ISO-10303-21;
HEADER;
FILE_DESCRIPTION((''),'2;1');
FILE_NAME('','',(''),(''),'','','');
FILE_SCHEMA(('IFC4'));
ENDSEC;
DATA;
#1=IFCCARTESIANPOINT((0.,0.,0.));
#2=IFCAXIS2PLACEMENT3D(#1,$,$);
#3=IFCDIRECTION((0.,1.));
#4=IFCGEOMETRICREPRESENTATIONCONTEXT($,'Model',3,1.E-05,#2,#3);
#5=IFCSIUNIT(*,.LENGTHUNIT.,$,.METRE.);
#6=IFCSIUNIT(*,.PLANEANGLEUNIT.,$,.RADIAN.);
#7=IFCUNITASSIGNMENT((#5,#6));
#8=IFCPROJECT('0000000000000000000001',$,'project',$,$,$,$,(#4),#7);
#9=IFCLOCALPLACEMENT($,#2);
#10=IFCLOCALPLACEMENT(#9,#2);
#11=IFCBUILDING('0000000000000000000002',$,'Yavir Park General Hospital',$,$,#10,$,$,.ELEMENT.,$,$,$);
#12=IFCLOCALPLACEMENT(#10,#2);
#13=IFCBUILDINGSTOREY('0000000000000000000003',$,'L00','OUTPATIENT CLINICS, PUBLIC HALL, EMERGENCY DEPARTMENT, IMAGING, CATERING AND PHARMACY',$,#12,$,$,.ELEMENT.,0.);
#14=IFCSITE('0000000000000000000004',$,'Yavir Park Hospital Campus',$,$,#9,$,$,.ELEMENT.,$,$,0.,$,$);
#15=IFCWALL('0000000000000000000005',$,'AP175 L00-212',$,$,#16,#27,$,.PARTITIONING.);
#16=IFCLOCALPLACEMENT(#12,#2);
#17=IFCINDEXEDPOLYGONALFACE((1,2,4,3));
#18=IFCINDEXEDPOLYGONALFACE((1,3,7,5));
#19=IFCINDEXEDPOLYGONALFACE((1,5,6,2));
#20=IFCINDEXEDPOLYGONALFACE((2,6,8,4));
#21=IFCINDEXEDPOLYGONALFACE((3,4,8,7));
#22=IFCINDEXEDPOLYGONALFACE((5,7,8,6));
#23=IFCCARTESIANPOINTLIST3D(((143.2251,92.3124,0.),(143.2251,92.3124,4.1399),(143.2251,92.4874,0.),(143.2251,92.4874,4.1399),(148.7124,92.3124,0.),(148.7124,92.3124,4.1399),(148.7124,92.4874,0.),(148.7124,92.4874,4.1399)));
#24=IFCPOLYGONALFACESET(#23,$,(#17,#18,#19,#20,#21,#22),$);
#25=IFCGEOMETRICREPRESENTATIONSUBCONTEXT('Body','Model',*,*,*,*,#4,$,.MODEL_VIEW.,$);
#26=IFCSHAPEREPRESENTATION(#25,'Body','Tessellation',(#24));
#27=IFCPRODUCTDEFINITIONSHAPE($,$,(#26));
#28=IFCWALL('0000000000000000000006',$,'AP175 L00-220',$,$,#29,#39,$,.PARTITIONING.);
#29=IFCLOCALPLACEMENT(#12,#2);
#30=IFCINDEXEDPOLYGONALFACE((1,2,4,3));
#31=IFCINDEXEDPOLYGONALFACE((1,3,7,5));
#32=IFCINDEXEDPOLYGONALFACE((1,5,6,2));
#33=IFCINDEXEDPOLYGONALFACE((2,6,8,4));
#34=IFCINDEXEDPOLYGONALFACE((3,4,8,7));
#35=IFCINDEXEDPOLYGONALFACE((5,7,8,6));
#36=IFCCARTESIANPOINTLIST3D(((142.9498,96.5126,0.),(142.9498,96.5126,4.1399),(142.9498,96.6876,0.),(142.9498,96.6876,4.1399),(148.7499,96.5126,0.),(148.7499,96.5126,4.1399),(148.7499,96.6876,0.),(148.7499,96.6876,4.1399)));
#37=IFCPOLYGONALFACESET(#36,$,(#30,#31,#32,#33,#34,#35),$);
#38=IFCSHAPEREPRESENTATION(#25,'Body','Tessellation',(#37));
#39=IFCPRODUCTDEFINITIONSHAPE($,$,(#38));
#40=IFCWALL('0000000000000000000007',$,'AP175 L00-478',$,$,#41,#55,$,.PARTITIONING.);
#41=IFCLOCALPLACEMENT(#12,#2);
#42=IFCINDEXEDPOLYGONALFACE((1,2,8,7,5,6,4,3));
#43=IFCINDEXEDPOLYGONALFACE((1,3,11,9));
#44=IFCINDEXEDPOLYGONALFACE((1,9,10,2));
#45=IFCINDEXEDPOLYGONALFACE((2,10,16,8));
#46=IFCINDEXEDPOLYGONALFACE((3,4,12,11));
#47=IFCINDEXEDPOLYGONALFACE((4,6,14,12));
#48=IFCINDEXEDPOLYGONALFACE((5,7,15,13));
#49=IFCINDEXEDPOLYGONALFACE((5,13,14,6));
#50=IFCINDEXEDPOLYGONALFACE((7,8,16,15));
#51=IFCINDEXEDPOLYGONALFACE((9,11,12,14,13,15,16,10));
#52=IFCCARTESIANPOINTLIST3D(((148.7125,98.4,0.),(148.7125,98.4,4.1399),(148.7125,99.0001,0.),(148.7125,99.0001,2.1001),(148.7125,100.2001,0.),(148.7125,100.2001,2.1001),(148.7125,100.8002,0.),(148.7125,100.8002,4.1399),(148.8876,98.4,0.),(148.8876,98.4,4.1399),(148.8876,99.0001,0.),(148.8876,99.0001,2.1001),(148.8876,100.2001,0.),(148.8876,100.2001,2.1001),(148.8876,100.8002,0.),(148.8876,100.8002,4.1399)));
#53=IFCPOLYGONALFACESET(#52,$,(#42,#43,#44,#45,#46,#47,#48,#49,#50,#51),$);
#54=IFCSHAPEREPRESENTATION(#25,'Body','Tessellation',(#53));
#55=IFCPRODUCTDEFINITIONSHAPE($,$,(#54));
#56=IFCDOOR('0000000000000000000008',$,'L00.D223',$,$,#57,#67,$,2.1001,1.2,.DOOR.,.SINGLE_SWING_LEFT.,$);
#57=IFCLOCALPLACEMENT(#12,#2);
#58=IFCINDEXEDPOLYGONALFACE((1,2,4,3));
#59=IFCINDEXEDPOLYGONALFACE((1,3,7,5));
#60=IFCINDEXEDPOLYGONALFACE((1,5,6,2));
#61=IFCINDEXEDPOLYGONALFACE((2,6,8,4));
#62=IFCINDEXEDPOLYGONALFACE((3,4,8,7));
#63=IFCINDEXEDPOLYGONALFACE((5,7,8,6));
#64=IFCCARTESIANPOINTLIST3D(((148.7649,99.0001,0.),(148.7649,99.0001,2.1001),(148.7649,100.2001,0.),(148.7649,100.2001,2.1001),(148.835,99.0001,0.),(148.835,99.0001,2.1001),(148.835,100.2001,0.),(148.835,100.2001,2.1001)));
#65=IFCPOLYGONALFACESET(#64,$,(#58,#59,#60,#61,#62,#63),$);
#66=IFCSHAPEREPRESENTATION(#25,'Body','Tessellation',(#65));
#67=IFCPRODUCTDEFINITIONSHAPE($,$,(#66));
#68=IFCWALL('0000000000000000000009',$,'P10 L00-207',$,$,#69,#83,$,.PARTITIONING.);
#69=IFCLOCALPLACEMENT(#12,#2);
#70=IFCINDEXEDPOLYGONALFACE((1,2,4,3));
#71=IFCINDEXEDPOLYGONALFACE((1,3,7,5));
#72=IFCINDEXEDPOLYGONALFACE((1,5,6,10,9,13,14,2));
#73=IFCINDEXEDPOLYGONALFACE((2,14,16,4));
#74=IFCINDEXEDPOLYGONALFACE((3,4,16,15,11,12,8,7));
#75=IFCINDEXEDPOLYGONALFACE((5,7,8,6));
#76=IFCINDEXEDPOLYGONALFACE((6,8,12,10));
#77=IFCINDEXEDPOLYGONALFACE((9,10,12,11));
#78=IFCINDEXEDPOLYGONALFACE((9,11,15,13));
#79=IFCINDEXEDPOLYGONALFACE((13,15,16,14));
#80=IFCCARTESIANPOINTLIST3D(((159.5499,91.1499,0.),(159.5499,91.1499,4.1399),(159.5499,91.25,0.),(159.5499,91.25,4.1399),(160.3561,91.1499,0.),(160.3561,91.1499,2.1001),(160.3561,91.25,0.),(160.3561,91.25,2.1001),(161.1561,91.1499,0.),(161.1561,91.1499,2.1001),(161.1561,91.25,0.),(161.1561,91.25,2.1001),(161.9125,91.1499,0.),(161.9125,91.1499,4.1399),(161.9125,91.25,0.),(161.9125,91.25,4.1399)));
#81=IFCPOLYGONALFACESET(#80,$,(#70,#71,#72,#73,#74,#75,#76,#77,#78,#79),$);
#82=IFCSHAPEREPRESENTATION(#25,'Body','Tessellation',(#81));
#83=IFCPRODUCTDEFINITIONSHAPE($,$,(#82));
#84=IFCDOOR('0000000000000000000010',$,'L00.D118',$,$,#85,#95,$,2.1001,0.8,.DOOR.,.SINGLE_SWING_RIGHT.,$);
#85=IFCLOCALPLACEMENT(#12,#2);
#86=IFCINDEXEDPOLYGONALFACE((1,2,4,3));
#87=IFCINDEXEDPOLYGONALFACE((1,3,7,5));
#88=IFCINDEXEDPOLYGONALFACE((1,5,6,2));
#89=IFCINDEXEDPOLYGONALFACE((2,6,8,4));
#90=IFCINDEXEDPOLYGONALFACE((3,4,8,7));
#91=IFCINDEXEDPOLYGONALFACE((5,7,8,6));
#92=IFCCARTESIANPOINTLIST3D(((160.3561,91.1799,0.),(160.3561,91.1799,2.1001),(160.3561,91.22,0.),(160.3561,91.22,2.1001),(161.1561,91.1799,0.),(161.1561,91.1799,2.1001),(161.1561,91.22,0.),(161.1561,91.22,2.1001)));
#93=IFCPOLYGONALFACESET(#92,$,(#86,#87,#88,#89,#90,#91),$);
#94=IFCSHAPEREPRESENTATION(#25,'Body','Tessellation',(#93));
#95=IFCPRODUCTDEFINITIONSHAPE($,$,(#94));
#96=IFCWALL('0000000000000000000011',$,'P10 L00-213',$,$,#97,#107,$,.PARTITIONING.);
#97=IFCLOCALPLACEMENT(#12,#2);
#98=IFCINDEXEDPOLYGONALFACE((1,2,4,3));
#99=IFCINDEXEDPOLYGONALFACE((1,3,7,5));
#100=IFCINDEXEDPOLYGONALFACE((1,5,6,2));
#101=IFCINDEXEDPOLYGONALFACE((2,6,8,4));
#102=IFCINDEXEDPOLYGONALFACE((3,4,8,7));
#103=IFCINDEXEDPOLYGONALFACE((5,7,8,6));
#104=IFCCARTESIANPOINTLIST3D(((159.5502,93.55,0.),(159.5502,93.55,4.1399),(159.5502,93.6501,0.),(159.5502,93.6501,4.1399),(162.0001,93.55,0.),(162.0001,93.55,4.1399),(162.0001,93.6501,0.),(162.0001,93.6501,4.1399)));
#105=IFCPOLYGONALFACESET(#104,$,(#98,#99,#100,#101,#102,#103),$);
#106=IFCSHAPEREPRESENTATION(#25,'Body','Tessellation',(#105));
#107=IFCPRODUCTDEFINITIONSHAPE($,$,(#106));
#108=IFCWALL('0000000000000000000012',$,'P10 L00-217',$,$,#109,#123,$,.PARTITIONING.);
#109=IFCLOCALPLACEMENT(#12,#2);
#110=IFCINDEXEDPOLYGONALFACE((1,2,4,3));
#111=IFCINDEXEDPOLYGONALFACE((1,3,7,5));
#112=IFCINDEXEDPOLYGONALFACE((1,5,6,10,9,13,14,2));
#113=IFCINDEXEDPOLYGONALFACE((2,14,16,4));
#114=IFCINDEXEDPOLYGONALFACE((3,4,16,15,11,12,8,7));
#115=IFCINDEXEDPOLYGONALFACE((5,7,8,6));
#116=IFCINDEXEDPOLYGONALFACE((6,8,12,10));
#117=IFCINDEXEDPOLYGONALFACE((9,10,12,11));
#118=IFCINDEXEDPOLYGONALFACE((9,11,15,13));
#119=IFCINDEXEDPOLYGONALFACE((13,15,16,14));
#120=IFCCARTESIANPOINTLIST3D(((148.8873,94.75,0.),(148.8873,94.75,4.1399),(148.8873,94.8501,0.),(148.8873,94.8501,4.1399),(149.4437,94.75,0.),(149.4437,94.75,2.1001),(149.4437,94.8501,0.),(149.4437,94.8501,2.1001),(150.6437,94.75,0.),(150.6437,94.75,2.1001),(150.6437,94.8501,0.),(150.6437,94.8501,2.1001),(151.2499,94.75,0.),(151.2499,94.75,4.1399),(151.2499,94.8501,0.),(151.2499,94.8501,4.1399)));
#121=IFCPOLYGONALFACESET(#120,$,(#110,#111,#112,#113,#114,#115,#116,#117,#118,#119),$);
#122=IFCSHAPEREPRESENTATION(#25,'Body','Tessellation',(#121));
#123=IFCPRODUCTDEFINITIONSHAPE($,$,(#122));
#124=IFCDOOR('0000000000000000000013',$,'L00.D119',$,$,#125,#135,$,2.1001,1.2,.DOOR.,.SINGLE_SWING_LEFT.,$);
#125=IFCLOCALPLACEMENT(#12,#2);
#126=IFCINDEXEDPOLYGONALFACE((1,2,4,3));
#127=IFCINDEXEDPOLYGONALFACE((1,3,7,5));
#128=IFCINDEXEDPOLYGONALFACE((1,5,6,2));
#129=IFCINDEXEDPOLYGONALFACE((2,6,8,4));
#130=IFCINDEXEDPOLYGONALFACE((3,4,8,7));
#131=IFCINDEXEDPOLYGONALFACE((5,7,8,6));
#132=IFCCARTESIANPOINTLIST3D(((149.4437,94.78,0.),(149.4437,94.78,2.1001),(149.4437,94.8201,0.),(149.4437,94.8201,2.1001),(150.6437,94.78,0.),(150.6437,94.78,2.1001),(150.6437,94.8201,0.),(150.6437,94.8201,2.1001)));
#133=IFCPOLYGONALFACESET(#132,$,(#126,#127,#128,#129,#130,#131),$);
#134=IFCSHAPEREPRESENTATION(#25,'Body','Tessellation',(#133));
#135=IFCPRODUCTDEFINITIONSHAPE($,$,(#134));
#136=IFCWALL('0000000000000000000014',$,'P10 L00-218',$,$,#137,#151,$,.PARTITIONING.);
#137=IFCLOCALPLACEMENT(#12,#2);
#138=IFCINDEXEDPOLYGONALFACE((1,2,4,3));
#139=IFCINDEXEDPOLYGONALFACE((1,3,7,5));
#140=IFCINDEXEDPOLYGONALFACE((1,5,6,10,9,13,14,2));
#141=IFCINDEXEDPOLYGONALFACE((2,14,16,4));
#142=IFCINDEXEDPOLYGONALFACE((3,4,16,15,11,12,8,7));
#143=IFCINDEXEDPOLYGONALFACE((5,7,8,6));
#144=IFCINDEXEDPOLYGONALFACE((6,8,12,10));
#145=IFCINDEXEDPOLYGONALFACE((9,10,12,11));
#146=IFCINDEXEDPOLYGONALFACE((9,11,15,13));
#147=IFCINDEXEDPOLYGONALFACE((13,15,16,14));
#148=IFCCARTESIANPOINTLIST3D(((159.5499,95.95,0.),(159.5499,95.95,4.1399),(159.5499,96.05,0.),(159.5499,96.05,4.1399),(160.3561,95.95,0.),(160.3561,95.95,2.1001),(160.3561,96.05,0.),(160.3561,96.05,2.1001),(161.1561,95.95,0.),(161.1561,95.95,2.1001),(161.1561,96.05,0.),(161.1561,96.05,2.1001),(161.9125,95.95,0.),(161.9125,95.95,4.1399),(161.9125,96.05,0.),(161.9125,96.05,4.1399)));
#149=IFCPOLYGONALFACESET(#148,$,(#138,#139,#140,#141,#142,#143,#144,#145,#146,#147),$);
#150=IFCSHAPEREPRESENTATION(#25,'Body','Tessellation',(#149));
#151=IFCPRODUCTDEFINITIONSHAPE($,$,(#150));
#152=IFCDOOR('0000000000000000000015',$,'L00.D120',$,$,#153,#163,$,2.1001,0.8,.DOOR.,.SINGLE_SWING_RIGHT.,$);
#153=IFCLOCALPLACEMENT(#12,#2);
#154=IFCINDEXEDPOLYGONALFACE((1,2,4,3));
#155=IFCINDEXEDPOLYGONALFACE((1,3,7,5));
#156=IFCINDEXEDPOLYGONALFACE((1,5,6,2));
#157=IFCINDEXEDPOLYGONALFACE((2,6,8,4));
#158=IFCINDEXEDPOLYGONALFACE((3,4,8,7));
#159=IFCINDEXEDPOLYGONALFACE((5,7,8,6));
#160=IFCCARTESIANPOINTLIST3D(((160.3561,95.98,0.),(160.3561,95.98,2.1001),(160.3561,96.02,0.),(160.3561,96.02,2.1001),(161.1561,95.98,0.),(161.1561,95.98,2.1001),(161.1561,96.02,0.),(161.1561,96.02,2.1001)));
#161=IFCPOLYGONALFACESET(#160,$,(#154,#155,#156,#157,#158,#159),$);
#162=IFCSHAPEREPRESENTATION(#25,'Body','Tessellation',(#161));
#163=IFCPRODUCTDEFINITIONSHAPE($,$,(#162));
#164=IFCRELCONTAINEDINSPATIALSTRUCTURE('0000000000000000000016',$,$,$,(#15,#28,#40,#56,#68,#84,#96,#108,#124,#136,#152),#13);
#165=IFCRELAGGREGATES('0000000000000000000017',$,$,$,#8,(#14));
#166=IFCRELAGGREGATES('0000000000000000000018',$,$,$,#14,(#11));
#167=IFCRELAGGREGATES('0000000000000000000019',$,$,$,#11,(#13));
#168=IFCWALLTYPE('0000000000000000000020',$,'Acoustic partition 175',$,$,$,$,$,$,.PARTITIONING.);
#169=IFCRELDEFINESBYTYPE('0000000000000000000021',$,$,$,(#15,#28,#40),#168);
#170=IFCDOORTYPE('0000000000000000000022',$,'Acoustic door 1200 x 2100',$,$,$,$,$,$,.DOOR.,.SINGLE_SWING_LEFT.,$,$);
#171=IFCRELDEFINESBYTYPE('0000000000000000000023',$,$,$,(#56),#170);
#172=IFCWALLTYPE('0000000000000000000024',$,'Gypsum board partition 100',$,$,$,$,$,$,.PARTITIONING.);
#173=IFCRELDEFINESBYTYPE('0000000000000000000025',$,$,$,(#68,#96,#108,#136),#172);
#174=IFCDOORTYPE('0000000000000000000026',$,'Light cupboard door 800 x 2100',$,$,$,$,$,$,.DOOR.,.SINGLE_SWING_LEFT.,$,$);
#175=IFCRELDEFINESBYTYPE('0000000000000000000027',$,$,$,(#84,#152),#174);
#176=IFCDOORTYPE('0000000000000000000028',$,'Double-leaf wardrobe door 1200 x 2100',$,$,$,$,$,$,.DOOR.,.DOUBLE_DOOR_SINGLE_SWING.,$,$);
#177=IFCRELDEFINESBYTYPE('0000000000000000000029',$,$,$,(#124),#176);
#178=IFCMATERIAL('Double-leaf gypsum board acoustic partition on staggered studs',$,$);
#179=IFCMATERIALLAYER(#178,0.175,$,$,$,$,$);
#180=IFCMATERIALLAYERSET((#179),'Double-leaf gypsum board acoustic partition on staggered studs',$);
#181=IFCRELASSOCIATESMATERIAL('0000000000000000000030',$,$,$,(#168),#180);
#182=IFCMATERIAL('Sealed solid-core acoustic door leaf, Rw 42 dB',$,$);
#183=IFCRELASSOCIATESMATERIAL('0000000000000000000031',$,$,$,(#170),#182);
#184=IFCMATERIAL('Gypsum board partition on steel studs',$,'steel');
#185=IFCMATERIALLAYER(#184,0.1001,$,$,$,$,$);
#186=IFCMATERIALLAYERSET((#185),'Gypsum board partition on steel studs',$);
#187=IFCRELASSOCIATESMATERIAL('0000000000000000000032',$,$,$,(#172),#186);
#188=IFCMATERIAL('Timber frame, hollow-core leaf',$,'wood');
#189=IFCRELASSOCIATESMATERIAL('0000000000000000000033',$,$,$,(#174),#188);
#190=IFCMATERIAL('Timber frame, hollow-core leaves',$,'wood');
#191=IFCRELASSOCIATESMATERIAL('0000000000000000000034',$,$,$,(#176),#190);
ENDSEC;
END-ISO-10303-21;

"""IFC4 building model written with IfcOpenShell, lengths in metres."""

from ifc_helpers import new_model, si_unit, direction, frame, frame_2d, origin, place, context, subcontext, project, spatial, rectangle, extrude, material, layer, layer_set, type_object, element, fill, save


model = new_model("IFC4")

# Units and contexts
model_context = context("Model", 3, precision=1e-05, world=origin(), true_north=direction((0.0, 1.0)))
body_context = subcontext(model_context, "Body", "Model", "MODEL_VIEW")
ifc_project = project(units=[si_unit("LENGTHUNIT", "METRE"), si_unit("PLANEANGLEUNIT", "RADIAN")], contexts=[model_context])

# Site, building, storey
site_placement = place(None, origin())
site = spatial("IfcSite", under=ifc_project, at=site_placement, Name="Yavir Park Hospital Campus", CompositionType="ELEMENT", RefElevation=0.0)
building_placement = place(site_placement, origin())
building = spatial("IfcBuilding", under=site, at=building_placement, Name="Yavir Park General Hospital", CompositionType="ELEMENT")
storey_placement = place(building_placement, origin())
storey = spatial("IfcBuildingStorey", under=building, at=storey_placement, Name="L00", Description="OUTPATIENT CLINICS, PUBLIC HALL, EMERGENCY DEPARTMENT, IMAGING, CATERING AND PHARMACY", CompositionType="ELEMENT", Elevation=0.0)

# Walls
ifc_material_1 = material(Name="Double-leaf gypsum board acoustic partition on staggered studs")
ifc_layer_1 = layer(ifc_material_1, 0.175)
ifc_layer_set_1 = layer_set([ifc_layer_1], Name="Double-leaf gypsum board acoustic partition on staggered studs")
wall_type_1 = type_object("IfcWallType", Name="Acoustic partition 175", PredefinedType="PARTITIONING", material=ifc_layer_set_1)
wall_1_placement = place(storey_placement, frame((143.2251, 92.3999, 0.0), z_axis=(0.0, 0.0, 1.0), x_axis=(1.0, 0.0, 0.0)))
element("IfcWall", 1, at=wall_1_placement, inside=storey, type_object=wall_type_1, Name="AP175 L00-212", PredefinedType="PARTITIONING", context=body_context, shape_type="SweptSolid", body=[
    extrude(rectangle(XDim=5.4873, YDim=0.175, at=frame_2d((2.7437, 0.0))), origin(), (0.0, 0.0, 1.0), 4.1399),
])
wall_2_placement = place(storey_placement, frame((142.95, 96.6001, 0.0), z_axis=(0.0, 0.0, 1.0), x_axis=(1.0, 0.0, 0.0)))
element("IfcWall", 2, at=wall_2_placement, inside=storey, type_object=wall_type_1, Name="AP175 L00-220", PredefinedType="PARTITIONING", context=body_context, shape_type="SweptSolid", body=[
    extrude(rectangle(XDim=5.8, YDim=0.175, at=frame_2d((2.8999, 0.0))), origin(), (0.0, 0.0, 1.0), 4.1399),
])

# Walls, openings, doors
wall_3_placement = place(storey_placement, frame((148.8, 98.3999, 0.0), z_axis=(0.0, 0.0, 1.0), x_axis=(0.0, 1.0, 0.0)))
wall_3 = element("IfcWall", 3, at=wall_3_placement, inside=storey, type_object=wall_type_1, Name="AP175 L00-478", PredefinedType="PARTITIONING", context=body_context, shape_type="SweptSolid", body=[
    extrude(rectangle(XDim=2.4001, YDim=0.175, at=frame_2d((1.2002, 0.0))), origin(), (0.0, 0.0, 1.0), 4.1399),
])
opening_1_placement = place(wall_3_placement, frame((0.6001, 0.0, 0.0)))
opening_1 = element("IfcOpeningElement", 4, at=opening_1_placement, cuts=wall_3, PredefinedType="OPENING", context=body_context, shape_type="SweptSolid", body=[
    extrude(rectangle(XDim=1.2, YDim=2.1001, at=frame_2d((0.6001, 1.05))), frame((0.0, 0.0974, 0.0), z_axis=(0.0, -1.0, 0.0), x_axis=(1.0, 0.0, 0.0)), (0.0, 0.0, 1.0), 0.1951),
])
ifc_material_2 = material(Name="Sealed solid-core acoustic door leaf, Rw 42 dB")
door_type_1 = type_object("IfcDoorType", Name="Acoustic door 1200 x 2100", OperationType="SINGLE_SWING_LEFT", PredefinedType="DOOR", material=ifc_material_2)
door_1_placement = place(opening_1_placement, origin())
door_1 = element("IfcDoor", 5, at=door_1_placement, inside=storey, type_object=door_type_1, Name="L00.D223", OperationType="SINGLE_SWING_LEFT", OverallHeight=2.1001, OverallWidth=1.2, PredefinedType="DOOR", context=body_context, shape_type="SweptSolid", body=[
    extrude(rectangle(XDim=1.2, YDim=2.1001, at=frame_2d((0.6001, 1.05))), frame((0.0, 0.0352, 0.0), z_axis=(0.0, -1.0, 0.0), x_axis=(1.0, 0.0, 0.0)), (0.0, 0.0, 1.0), 0.0701),
])
fill(opening_1, door_1)
ifc_material_3 = material(Name="Gypsum board partition on steel studs", Category="steel")
ifc_layer_2 = layer(ifc_material_3, 0.1001)
ifc_layer_set_2 = layer_set([ifc_layer_2], Name="Gypsum board partition on steel studs")
wall_type_2 = type_object("IfcWallType", Name="Gypsum board partition 100", PredefinedType="PARTITIONING", material=ifc_layer_set_2)
wall_4_placement = place(storey_placement, frame((159.55, 91.2, 0.0), z_axis=(0.0, 0.0, 1.0), x_axis=(1.0, 0.0, 0.0)))
wall_4 = element("IfcWall", 6, at=wall_4_placement, inside=storey, type_object=wall_type_2, Name="P10 L00-207", PredefinedType="PARTITIONING", context=body_context, shape_type="SweptSolid", body=[
    extrude(rectangle(XDim=2.3625, YDim=0.1001, at=frame_2d((1.1812, 0.0))), origin(), (0.0, 0.0, 1.0), 4.1399),
])
opening_2_placement = place(wall_4_placement, frame((0.8062, 0.0, 0.0)))
opening_2 = element("IfcOpeningElement", 7, at=opening_2_placement, cuts=wall_4, PredefinedType="OPENING", context=body_context, shape_type="SweptSolid", body=[
    extrude(rectangle(XDim=0.8, YDim=2.1001, at=frame_2d((0.3999, 1.05))), frame((0.0, 0.0601, 0.0), z_axis=(0.0, -1.0, 0.0), x_axis=(1.0, 0.0, 0.0)), (0.0, 0.0, 1.0), 0.1201),
])
ifc_material_4 = material(Name="Timber frame, hollow-core leaf", Category="wood")
door_type_2 = type_object("IfcDoorType", Name="Light cupboard door 800 x 2100", OperationType="SINGLE_SWING_LEFT", PredefinedType="DOOR", material=ifc_material_4)
door_2_placement = place(opening_2_placement, origin())
door_2 = element("IfcDoor", 8, at=door_2_placement, inside=storey, type_object=door_type_2, Name="L00.D118", OperationType="SINGLE_SWING_RIGHT", OverallHeight=2.1001, OverallWidth=0.8, PredefinedType="DOOR", context=body_context, shape_type="SweptSolid", body=[
    extrude(rectangle(XDim=0.8, YDim=2.1001, at=frame_2d((0.3999, 1.05))), frame((0.0, 0.02, 0.0), z_axis=(0.0, -1.0, 0.0), x_axis=(1.0, 0.0, 0.0)), (0.0, 0.0, 1.0), 0.04),
])
fill(opening_2, door_2)

# Wall
wall_5_placement = place(storey_placement, frame((159.55, 93.6001, 0.0), z_axis=(0.0, 0.0, 1.0), x_axis=(1.0, 0.0, 0.0)))
element("IfcWall", 9, at=wall_5_placement, inside=storey, type_object=wall_type_2, Name="P10 L00-213", PredefinedType="PARTITIONING", context=body_context, shape_type="SweptSolid", body=[
    extrude(rectangle(XDim=2.45, YDim=0.1001, at=frame_2d((1.2251, 0.0))), origin(), (0.0, 0.0, 1.0), 4.1399),
])

# Walls, openings, doors
wall_6_placement = place(storey_placement, frame((148.8875, 94.8, 0.0), z_axis=(0.0, 0.0, 1.0), x_axis=(1.0, 0.0, 0.0)))
wall_6 = element("IfcWall", 10, at=wall_6_placement, inside=storey, type_object=wall_type_2, Name="P10 L00-217", PredefinedType="PARTITIONING", context=body_context, shape_type="SweptSolid", body=[
    extrude(rectangle(XDim=2.3625, YDim=0.1001, at=frame_2d((1.1812, 0.0))), origin(), (0.0, 0.0, 1.0), 4.1399),
])
opening_3_placement = place(wall_6_placement, frame((0.5562, 0.0, 0.0)))
opening_3 = element("IfcOpeningElement", 11, at=opening_3_placement, cuts=wall_6, PredefinedType="OPENING", context=body_context, shape_type="SweptSolid", body=[
    extrude(rectangle(XDim=1.2, YDim=2.1001, at=frame_2d((0.6001, 1.05))), frame((0.0, 0.0601, 0.0), z_axis=(0.0, -1.0, 0.0), x_axis=(1.0, 0.0, 0.0)), (0.0, 0.0, 1.0), 0.1201),
])
ifc_material_5 = material(Name="Timber frame, hollow-core leaves", Category="wood")
door_type_3 = type_object("IfcDoorType", Name="Double-leaf wardrobe door 1200 x 2100", OperationType="DOUBLE_DOOR_SINGLE_SWING", PredefinedType="DOOR", material=ifc_material_5)
door_3_placement = place(opening_3_placement, origin())
door_3 = element("IfcDoor", 12, at=door_3_placement, inside=storey, type_object=door_type_3, Name="L00.D119", OperationType="SINGLE_SWING_LEFT", OverallHeight=2.1001, OverallWidth=1.2, PredefinedType="DOOR", context=body_context, shape_type="SweptSolid", body=[
    extrude(rectangle(XDim=1.2, YDim=2.1001, at=frame_2d((0.6001, 1.05))), frame((0.0, 0.02, 0.0), z_axis=(0.0, -1.0, 0.0), x_axis=(1.0, 0.0, 0.0)), (0.0, 0.0, 1.0), 0.04),
])
fill(opening_3, door_3)
wall_7_placement = place(storey_placement, frame((159.55, 96.0, 0.0), z_axis=(0.0, 0.0, 1.0), x_axis=(1.0, 0.0, 0.0)))
wall_7 = element("IfcWall", 13, at=wall_7_placement, inside=storey, type_object=wall_type_2, Name="P10 L00-218", PredefinedType="PARTITIONING", context=body_context, shape_type="SweptSolid", body=[
    extrude(rectangle(XDim=2.3625, YDim=0.1001, at=frame_2d((1.1812, 0.0))), origin(), (0.0, 0.0, 1.0), 4.1399),
])
opening_4_placement = place(wall_7_placement, frame((0.8062, 0.0, 0.0)))
opening_4 = element("IfcOpeningElement", 14, at=opening_4_placement, cuts=wall_7, PredefinedType="OPENING", context=body_context, shape_type="SweptSolid", body=[
    extrude(rectangle(XDim=0.8, YDim=2.1001, at=frame_2d((0.3999, 1.05))), frame((0.0, 0.0601, 0.0), z_axis=(0.0, -1.0, 0.0), x_axis=(1.0, 0.0, 0.0)), (0.0, 0.0, 1.0), 0.1201),
])
door_4_placement = place(opening_4_placement, origin())
door_4 = element("IfcDoor", 15, at=door_4_placement, inside=storey, type_object=door_type_2, Name="L00.D120", OperationType="SINGLE_SWING_RIGHT", OverallHeight=2.1001, OverallWidth=0.8, PredefinedType="DOOR", context=body_context, shape_type="SweptSolid", body=[
    extrude(rectangle(XDim=0.8, YDim=2.1001, at=frame_2d((0.3999, 1.05))), frame((0.0, 0.02, 0.0), z_axis=(0.0, -1.0, 0.0), x_axis=(1.0, 0.0, 0.0)), (0.0, 0.0, 1.0), 0.04),
])
fill(opening_4, door_4)

save(model, "model.ifc")
